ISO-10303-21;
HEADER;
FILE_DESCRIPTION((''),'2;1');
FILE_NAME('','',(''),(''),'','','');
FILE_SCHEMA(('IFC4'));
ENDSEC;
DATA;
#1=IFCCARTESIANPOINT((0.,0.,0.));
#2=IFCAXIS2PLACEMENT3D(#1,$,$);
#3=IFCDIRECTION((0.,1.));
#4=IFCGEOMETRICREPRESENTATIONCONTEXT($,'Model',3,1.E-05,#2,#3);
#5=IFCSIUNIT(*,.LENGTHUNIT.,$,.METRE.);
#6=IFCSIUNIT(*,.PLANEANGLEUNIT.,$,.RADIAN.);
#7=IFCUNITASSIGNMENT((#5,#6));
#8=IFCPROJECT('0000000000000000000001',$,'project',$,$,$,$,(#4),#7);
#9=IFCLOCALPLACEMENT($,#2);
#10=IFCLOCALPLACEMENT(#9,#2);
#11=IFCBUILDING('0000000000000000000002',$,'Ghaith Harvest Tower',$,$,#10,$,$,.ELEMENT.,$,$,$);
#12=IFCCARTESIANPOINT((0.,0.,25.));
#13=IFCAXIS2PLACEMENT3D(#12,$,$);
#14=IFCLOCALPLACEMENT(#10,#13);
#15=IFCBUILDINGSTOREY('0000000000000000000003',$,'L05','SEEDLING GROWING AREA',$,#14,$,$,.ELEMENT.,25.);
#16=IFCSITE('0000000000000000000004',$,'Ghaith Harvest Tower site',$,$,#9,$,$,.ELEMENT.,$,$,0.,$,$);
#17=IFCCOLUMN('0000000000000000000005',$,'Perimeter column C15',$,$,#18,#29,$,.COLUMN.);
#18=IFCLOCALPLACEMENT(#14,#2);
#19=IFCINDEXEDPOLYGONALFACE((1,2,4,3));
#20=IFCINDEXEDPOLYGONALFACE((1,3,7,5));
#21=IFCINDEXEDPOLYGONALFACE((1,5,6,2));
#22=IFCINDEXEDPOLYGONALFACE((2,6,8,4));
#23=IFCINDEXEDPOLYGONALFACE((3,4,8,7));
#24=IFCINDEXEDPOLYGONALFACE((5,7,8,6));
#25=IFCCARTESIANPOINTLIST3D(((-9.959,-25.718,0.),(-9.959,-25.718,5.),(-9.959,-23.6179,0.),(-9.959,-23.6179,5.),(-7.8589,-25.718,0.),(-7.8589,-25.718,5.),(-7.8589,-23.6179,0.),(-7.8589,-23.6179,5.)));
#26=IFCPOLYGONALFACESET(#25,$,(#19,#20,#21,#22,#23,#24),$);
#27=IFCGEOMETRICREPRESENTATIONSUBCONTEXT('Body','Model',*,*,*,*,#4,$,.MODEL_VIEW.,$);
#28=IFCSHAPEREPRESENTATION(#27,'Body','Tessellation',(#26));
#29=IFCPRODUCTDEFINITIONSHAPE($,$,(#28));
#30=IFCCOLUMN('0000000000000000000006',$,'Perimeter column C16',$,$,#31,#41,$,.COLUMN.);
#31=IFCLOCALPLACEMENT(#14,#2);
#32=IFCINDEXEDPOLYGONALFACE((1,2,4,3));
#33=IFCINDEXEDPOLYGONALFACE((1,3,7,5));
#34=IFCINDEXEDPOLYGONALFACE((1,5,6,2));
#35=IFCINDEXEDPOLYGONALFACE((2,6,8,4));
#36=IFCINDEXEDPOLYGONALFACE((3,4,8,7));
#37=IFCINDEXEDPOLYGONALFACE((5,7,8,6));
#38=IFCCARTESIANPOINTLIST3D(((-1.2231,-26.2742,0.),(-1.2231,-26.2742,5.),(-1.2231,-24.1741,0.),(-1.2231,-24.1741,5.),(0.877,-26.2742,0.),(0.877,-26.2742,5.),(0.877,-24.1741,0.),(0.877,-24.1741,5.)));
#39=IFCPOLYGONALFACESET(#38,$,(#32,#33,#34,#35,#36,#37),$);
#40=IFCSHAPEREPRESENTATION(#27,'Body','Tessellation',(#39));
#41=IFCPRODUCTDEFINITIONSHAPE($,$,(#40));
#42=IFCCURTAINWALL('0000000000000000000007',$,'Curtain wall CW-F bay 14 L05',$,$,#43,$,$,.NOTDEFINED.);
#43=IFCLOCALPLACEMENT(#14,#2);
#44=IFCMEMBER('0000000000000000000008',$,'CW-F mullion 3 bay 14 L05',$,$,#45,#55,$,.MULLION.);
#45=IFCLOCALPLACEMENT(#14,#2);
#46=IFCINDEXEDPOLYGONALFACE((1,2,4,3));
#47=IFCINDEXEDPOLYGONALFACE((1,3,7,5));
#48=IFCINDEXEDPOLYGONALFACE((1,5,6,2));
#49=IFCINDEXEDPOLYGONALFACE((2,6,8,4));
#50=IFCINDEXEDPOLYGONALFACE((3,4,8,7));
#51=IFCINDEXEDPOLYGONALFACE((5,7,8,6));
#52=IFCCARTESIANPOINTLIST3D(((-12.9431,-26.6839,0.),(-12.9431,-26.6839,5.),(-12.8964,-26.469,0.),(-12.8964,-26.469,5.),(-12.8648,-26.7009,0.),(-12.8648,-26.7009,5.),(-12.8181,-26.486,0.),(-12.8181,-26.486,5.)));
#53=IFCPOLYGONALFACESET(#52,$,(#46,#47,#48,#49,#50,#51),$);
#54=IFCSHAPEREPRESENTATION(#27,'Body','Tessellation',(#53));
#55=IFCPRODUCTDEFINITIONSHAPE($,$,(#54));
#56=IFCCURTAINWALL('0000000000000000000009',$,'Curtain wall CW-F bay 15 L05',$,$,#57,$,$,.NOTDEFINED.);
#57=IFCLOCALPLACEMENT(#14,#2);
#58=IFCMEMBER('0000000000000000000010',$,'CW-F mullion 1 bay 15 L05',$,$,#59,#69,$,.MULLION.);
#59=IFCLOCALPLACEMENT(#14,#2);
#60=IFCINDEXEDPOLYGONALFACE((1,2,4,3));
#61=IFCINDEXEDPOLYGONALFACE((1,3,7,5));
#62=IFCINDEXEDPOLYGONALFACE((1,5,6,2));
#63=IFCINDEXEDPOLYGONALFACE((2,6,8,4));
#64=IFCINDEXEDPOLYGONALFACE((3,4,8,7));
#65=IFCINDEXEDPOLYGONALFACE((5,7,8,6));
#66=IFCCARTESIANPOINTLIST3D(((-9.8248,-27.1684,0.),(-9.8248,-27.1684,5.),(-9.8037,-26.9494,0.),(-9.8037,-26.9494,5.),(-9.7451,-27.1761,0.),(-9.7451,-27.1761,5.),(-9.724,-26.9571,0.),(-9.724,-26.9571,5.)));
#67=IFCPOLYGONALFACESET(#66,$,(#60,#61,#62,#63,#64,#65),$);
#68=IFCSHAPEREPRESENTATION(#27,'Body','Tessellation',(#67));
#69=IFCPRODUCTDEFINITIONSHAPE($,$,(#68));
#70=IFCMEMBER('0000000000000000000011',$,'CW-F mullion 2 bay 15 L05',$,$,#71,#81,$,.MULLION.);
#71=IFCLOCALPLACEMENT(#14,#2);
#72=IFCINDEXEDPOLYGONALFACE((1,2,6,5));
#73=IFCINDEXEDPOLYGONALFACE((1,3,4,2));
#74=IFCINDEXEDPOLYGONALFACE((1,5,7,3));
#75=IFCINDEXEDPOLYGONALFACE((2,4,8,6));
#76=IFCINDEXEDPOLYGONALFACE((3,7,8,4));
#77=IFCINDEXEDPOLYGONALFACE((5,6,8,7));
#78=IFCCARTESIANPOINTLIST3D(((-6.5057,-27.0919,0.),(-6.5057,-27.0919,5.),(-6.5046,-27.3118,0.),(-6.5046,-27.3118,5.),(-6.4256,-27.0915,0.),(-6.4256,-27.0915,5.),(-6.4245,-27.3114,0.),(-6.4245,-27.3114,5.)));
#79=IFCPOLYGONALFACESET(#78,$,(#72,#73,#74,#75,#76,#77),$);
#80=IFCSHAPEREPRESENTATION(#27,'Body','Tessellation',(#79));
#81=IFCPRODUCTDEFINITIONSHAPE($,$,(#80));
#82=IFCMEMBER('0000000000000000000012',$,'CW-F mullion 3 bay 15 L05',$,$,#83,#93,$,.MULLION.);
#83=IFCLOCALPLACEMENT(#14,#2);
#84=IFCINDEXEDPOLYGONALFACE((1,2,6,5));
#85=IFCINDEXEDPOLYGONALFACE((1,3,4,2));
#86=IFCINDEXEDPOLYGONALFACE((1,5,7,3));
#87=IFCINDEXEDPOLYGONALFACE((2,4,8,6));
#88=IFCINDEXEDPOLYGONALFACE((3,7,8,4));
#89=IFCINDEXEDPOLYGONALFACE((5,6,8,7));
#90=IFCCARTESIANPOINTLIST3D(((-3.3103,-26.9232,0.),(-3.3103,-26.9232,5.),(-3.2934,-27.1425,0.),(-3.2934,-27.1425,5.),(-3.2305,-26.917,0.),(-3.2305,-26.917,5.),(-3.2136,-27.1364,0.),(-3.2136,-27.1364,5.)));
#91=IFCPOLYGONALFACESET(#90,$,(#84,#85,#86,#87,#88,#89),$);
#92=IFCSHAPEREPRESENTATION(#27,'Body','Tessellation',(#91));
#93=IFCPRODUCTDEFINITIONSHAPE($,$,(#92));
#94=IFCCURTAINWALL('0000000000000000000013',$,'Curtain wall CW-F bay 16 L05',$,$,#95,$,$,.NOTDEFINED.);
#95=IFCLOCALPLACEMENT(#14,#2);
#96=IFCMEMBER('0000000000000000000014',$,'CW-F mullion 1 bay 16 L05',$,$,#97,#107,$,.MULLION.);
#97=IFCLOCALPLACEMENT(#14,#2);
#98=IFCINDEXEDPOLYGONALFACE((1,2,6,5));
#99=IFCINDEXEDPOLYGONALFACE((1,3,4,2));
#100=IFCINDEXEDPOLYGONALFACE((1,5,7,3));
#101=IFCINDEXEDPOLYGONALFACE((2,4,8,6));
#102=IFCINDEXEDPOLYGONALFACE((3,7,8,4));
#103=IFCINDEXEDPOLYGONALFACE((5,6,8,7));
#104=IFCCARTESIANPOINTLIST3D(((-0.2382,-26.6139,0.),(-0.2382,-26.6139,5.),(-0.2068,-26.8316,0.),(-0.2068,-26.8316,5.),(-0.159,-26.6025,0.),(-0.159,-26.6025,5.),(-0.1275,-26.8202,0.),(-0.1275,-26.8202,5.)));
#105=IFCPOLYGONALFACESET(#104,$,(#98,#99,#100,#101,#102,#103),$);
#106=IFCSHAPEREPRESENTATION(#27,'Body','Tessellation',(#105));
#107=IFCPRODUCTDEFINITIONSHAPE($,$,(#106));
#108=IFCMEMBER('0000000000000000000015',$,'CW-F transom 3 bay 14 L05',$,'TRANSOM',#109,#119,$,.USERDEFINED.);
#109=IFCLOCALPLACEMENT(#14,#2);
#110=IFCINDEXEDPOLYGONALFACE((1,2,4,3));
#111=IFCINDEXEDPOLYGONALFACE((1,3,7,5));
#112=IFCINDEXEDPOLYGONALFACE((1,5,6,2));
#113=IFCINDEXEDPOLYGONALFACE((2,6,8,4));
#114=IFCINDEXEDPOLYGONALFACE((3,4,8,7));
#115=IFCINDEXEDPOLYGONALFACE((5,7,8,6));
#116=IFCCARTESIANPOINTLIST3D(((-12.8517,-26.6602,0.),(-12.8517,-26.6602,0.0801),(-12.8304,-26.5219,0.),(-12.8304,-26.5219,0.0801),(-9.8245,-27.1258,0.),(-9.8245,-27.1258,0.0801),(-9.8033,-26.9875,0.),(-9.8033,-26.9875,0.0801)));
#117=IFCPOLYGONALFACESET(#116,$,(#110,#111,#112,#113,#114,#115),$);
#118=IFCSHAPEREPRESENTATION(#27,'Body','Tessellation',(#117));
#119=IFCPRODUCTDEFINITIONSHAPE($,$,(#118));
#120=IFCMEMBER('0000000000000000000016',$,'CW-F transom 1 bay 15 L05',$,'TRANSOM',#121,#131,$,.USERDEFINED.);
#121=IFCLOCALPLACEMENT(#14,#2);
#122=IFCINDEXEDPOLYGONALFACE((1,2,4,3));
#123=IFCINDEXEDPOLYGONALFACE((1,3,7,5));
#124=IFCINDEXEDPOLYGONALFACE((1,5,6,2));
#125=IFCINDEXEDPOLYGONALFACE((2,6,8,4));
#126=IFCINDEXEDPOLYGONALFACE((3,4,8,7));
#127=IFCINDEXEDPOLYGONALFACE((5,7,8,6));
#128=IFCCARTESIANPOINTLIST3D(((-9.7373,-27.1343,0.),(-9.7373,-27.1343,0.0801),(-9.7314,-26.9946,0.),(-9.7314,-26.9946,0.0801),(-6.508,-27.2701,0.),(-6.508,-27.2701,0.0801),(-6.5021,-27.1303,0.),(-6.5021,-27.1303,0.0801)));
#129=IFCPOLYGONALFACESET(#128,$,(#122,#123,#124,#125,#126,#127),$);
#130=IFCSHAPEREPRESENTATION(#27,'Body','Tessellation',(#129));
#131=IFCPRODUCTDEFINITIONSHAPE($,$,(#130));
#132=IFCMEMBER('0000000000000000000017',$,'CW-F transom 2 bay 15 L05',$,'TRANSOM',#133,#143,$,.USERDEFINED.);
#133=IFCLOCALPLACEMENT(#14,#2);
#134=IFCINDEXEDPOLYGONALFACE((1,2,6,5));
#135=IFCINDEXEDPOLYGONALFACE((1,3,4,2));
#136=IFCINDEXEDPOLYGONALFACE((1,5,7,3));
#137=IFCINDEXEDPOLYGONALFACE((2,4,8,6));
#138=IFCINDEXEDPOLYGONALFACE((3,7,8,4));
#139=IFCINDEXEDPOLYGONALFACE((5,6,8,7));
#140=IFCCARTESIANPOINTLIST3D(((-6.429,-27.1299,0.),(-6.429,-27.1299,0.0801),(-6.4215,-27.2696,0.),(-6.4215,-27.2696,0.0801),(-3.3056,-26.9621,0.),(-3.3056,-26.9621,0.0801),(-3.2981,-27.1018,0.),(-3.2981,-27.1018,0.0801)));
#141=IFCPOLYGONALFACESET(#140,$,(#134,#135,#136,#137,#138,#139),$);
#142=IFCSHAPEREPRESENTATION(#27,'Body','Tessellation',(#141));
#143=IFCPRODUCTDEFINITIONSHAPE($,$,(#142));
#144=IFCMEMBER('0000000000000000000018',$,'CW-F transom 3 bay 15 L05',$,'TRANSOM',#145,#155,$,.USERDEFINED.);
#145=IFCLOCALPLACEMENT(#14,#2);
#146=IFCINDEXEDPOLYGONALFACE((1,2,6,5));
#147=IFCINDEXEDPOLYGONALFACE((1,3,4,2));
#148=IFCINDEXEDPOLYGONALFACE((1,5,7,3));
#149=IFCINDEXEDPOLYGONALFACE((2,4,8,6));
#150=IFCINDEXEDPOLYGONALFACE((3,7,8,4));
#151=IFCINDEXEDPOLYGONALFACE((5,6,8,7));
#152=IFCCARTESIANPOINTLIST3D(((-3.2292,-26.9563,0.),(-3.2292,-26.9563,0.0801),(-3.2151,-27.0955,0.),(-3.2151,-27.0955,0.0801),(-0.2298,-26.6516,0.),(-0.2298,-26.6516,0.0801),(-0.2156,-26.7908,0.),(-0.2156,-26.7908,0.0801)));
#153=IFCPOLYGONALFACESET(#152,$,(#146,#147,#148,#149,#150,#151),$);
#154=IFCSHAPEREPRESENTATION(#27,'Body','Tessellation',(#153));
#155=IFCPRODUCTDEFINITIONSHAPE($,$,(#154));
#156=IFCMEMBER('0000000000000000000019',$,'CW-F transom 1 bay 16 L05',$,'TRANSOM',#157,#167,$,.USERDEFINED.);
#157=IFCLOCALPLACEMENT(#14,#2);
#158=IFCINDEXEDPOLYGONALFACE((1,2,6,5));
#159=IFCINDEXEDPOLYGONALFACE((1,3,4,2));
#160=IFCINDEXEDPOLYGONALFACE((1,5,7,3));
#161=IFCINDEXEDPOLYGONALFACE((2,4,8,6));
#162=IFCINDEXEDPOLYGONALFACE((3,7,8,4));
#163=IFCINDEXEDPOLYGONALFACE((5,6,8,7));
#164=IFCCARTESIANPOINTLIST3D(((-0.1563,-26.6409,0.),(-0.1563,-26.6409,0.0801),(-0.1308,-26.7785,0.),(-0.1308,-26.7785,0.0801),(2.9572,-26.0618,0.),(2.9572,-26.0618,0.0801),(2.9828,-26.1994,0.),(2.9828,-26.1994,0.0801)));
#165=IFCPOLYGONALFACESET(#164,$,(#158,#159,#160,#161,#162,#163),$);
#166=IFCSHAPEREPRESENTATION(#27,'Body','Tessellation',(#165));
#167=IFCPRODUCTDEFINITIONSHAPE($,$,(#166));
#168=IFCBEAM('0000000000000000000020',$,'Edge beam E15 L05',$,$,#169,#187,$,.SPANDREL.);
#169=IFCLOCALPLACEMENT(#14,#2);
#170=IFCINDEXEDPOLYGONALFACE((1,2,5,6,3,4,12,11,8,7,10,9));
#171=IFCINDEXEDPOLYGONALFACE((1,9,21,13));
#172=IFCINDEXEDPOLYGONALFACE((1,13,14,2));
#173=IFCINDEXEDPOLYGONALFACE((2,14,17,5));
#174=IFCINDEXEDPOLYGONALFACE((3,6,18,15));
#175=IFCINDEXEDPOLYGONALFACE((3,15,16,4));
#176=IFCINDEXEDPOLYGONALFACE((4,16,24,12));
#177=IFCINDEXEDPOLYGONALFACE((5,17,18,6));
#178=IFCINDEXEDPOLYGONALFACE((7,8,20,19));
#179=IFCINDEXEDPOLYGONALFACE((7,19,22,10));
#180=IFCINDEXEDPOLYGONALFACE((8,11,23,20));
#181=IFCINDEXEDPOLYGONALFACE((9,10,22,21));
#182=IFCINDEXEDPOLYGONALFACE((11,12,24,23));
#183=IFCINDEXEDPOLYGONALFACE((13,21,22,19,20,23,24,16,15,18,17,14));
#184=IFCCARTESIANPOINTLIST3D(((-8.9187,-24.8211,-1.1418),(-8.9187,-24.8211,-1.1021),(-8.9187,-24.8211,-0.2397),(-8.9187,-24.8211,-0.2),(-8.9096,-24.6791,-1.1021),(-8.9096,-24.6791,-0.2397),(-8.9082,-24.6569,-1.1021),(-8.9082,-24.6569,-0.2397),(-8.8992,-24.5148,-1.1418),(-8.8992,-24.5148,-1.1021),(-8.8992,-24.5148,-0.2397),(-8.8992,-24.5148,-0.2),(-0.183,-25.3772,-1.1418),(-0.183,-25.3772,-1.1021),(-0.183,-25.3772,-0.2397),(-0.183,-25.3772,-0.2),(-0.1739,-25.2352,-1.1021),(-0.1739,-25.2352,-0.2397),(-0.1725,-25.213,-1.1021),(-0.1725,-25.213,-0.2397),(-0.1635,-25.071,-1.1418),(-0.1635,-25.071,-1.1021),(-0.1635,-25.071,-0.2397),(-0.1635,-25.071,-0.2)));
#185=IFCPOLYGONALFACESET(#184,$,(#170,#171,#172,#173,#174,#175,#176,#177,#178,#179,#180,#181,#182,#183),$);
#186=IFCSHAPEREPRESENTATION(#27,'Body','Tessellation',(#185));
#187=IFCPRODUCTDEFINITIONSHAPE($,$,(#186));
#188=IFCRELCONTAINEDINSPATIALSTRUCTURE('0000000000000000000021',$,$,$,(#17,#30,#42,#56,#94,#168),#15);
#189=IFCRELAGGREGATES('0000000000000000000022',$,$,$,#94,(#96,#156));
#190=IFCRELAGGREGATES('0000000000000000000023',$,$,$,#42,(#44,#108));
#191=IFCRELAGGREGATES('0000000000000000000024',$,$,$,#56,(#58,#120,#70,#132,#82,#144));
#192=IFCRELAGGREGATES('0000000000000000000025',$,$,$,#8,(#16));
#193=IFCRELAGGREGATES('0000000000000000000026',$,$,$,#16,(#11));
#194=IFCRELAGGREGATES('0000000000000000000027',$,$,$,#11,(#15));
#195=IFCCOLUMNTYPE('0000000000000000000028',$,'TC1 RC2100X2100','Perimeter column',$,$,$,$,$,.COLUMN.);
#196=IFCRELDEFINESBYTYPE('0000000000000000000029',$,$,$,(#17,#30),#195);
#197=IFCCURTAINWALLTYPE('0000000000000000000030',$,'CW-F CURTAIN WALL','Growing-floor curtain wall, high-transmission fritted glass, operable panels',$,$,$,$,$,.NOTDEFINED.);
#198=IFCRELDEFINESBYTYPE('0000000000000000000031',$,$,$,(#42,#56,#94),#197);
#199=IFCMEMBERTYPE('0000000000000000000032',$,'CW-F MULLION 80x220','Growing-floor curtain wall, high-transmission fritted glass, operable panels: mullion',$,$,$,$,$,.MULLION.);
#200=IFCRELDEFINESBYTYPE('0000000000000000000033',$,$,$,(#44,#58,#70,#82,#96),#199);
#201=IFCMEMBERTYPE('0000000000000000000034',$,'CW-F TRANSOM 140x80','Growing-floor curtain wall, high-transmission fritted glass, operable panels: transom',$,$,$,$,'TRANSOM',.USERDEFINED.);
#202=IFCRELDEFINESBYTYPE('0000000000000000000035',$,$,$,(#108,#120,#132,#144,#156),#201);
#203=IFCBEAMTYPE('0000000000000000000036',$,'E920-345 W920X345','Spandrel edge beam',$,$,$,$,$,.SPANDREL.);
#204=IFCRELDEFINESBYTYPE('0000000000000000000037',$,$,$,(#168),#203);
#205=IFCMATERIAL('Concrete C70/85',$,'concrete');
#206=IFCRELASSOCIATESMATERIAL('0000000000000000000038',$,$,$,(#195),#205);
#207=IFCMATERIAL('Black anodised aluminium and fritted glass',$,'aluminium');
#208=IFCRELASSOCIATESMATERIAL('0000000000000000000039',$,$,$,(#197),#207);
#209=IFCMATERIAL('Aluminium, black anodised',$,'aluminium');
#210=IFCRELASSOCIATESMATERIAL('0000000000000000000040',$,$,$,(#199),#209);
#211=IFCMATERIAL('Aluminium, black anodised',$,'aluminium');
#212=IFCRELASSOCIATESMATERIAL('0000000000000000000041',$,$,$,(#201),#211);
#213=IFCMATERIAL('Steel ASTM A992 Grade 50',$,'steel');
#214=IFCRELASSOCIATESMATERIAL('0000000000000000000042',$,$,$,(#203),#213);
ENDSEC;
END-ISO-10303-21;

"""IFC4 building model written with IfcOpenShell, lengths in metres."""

from ifc_helpers import new_model, si_unit, direction, frame, origin, origin_2d, place, context, subcontext, project, spatial, rectangle, i_section, extrude, material, material_profile, profile_set, type_object, element, aggregate, save


model = new_model("IFC4")

# Units and contexts
model_context = context("Model", 3, precision=1e-05, world=origin(), true_north=direction((0.0, 1.0)))
body_context = subcontext(model_context, "Body", "Model", "MODEL_VIEW")
ifc_project = project(units=[si_unit("LENGTHUNIT", "METRE"), si_unit("PLANEANGLEUNIT", "RADIAN")], contexts=[model_context])

# Site, building, storey
site_placement = place(None, origin())
site = spatial("IfcSite", under=ifc_project, at=site_placement, Name="Ghaith Harvest Tower site", CompositionType="ELEMENT", RefElevation=0.0)
building_placement = place(site_placement, origin())
building = spatial("IfcBuilding", under=site, at=building_placement, Name="Ghaith Harvest Tower", CompositionType="ELEMENT")
storey_placement = place(building_placement, frame((0.0, 0.0, 25.0)))
storey = spatial("IfcBuildingStorey", under=building, at=storey_placement, Name="L05", Description="SEEDLING GROWING AREA", CompositionType="ELEMENT", Elevation=25.0)

# Columns
ifc_material_1 = material(Name="Concrete C70/85", Category="concrete")
ifc_material_profile_1 = material_profile(ifc_material_1, rectangle(XDim=2.1001, YDim=2.1001, at=origin_2d()), Name="RC2100X2100")
ifc_profile_set_1 = profile_set([ifc_material_profile_1], Name="Concrete C70/85")
column_type = type_object("IfcColumnType", Name="TC1 RC2100X2100", Description="Perimeter column", PredefinedType="COLUMN", material=ifc_profile_set_1)
for number, where, z_axis, x_axis, name in (
    (1, (-8.9089, -24.668, 0.0), (0.0, 0.0, 1.0), (1.0, 0.0, 0.0), "Perimeter column C15"),
    (2, (-0.1731, -25.2241, 0.0), (0.0, 0.0, 1.0), (1.0, 0.0, 0.0), "Perimeter column C16"),
):
    element("IfcColumn", number, at=place(storey_placement, frame(where, z_axis=z_axis, x_axis=x_axis)), inside=storey, type_object=column_type, Name=name, PredefinedType="COLUMN", context=body_context, shape_type="SweptSolid", body=[
        extrude(rectangle(XDim=2.1001, YDim=2.1001, at=origin_2d()), origin(), (0.0, 0.0, 1.0), 5.0),
    ])

# Curtain wall, member
ifc_material_2 = material(Name="Black anodised aluminium and fritted glass", Category="aluminium")
curtain_wall_type = type_object("IfcCurtainWallType", Name="CW-F CURTAIN WALL", Description="Growing-floor curtain wall, high-transmission fritted glass, operable panels", PredefinedType="NOTDEFINED", material=ifc_material_2)
curtain_wall_1_placement = place(storey_placement, origin())
curtain_wall_1 = element("IfcCurtainWall", 3, at=curtain_wall_1_placement, inside=storey, type_object=curtain_wall_type, Name="Curtain wall CW-F bay 14 L05", PredefinedType="NOTDEFINED")
ifc_material_3 = material(Name="Aluminium, black anodised", Category="aluminium")
ifc_material_profile_2 = material_profile(ifc_material_3, rectangle(XDim=0.0801, YDim=0.22, at=origin_2d()), Name="CW-F MULLION 80x220")
ifc_profile_set_2 = profile_set([ifc_material_profile_2], Name="Aluminium, black anodised")
member_type_1 = type_object("IfcMemberType", Name="CW-F MULLION 80x220", Description="Growing-floor curtain wall, high-transmission fritted glass, operable panels: mullion", PredefinedType="MULLION", material=ifc_profile_set_2)
member_1_placement = place(storey_placement, frame((-12.8806, -26.585, 0.0), z_axis=(0.0, 0.0, 1.0), x_axis=(0.977207, -0.212289, 0.0)))
member_1 = element("IfcMember", 4, at=member_1_placement, type_object=member_type_1, Name="CW-F mullion 3 bay 14 L05", PredefinedType="MULLION", context=body_context, shape_type="SweptSolid", body=[
    extrude(rectangle(XDim=0.0801, YDim=0.22, at=origin_2d()), origin(), (0.0, 0.0, 1.0), 5.0),
])

# Curtain wall, members
curtain_wall_2_placement = place(storey_placement, origin())
curtain_wall_2 = element("IfcCurtainWall", 5, at=curtain_wall_2_placement, inside=storey, type_object=curtain_wall_type, Name="Curtain wall CW-F bay 15 L05", PredefinedType="NOTDEFINED")
member_2_placement = place(storey_placement, frame((-9.7744, -27.0627, 0.0), z_axis=(0.0, 0.0, 1.0), x_axis=(0.995408, -0.095718, 0.0)))
member_2 = element("IfcMember", 6, at=member_2_placement, type_object=member_type_1, Name="CW-F mullion 1 bay 15 L05", PredefinedType="MULLION", context=body_context, shape_type="SweptSolid", body=[
    extrude(rectangle(XDim=0.0801, YDim=0.22, at=origin_2d()), origin(), (0.0, 0.0, 1.0), 5.0),
])
member_3_placement = place(storey_placement, frame((-6.4651, -27.2017, 0.0), z_axis=(0.0, 0.0, 1.0), x_axis=(0.999987, 0.005058, 0.0)))
member_3 = element("IfcMember", 7, at=member_3_placement, type_object=member_type_1, Name="CW-F mullion 2 bay 15 L05", PredefinedType="MULLION", context=body_context, shape_type="SweptSolid", body=[
    extrude(rectangle(XDim=0.0801, YDim=0.22, at=origin_2d()), origin(), (0.0, 0.0, 1.0), 5.0),
])
member_4_placement = place(storey_placement, frame((-3.262, -27.0298, 0.0), z_axis=(0.0, 0.0, 1.0), x_axis=(0.997038, 0.076917, 0.0)))
member_4 = element("IfcMember", 8, at=member_4_placement, type_object=member_type_1, Name="CW-F mullion 3 bay 15 L05", PredefinedType="MULLION", context=body_context, shape_type="SweptSolid", body=[
    extrude(rectangle(XDim=0.0801, YDim=0.22, at=origin_2d()), origin(), (0.0, 0.0, 1.0), 5.0),
])

# Curtain wall, member
curtain_wall_3_placement = place(storey_placement, origin())
curtain_wall_3 = element("IfcCurtainWall", 9, at=curtain_wall_3_placement, inside=storey, type_object=curtain_wall_type, Name="Curtain wall CW-F bay 16 L05", PredefinedType="NOTDEFINED")
member_5_placement = place(storey_placement, frame((-0.1829, -26.717, 0.0), z_axis=(0.0, 0.0, 1.0), x_axis=(0.989712, 0.143075, 0.0)))
member_5 = element("IfcMember", 10, at=member_5_placement, type_object=member_type_1, Name="CW-F mullion 1 bay 16 L05", PredefinedType="MULLION", context=body_context, shape_type="SweptSolid", body=[
    extrude(rectangle(XDim=0.0801, YDim=0.22, at=origin_2d()), origin(), (0.0, 0.0, 1.0), 5.0),
])

# Members
ifc_material_4 = material(Name="Aluminium, black anodised", Category="aluminium")
ifc_material_profile_3 = material_profile(ifc_material_4, rectangle(XDim=0.1399, YDim=0.0801, at=origin_2d()), Name="CW-F TRANSOM 140x80")
ifc_profile_set_3 = profile_set([ifc_material_profile_3], Name="Aluminium, black anodised")
member_type_2 = type_object("IfcMemberType", Name="CW-F TRANSOM 140x80", Description="Growing-floor curtain wall, high-transmission fritted glass, operable panels: transom", ElementType="TRANSOM", PredefinedType="USERDEFINED", material=ifc_profile_set_3)
member_6_placement = place(storey_placement, frame((-12.8411, -26.5911, 0.04), z_axis=(0.988378, -0.152015, 0.0), x_axis=(0.152015, 0.988378, 0.0)))
member_6 = element("IfcMember", 11, at=member_6_placement, type_object=member_type_2, Name="CW-F transom 3 bay 14 L05", ObjectType="TRANSOM", PredefinedType="USERDEFINED", context=body_context, shape_type="SweptSolid", body=[
    extrude(rectangle(XDim=0.1399, YDim=0.0801, at=origin_2d()), origin(), (0.0, 0.0, 1.0), 3.0627),
])
member_7_placement = place(storey_placement, frame((-9.7344, -27.0645, 0.04), z_axis=(0.999118, -0.041998, 0.0), x_axis=(0.041998, 0.999118, 0.0)))
member_7 = element("IfcMember", 12, at=member_7_placement, type_object=member_type_2, Name="CW-F transom 1 bay 15 L05", ObjectType="TRANSOM", PredefinedType="USERDEFINED", context=body_context, shape_type="SweptSolid", body=[
    extrude(rectangle(XDim=0.1399, YDim=0.0801, at=origin_2d()), origin(), (0.0, 0.0, 1.0), 3.2322),
])
member_8_placement = place(storey_placement, frame((-6.4253, -27.1997, 0.04), z_axis=(0.998561, 0.05362, 0.0), x_axis=(-0.05362, 0.998561, 0.0)))
member_8 = element("IfcMember", 13, at=member_8_placement, type_object=member_type_2, Name="CW-F transom 2 bay 15 L05", ObjectType="TRANSOM", PredefinedType="USERDEFINED", context=body_context, shape_type="SweptSolid", body=[
    extrude(rectangle(XDim=0.1399, YDim=0.0801, at=origin_2d()), origin(), (0.0, 0.0, 1.0), 3.1279),
])
member_9_placement = place(storey_placement, frame((-3.2222, -27.0259, 0.04), z_axis=(0.99488, 0.101059, 0.0), x_axis=(-0.101059, 0.99488, 0.0)))
member_9 = element("IfcMember", 14, at=member_9_placement, type_object=member_type_2, Name="CW-F transom 3 bay 15 L05", ObjectType="TRANSOM", PredefinedType="USERDEFINED", context=body_context, shape_type="SweptSolid", body=[
    extrude(rectangle(XDim=0.1399, YDim=0.0801, at=origin_2d()), origin(), (0.0, 0.0, 1.0), 3.0149),
])
member_10_placement = place(storey_placement, frame((-0.1436, -26.7097, 0.04), z_axis=(0.983139, 0.182859, 0.0), x_axis=(-0.182859, 0.983139, 0.0)))
member_10 = element("IfcMember", 15, at=member_10_placement, type_object=member_type_2, Name="CW-F transom 1 bay 16 L05", ObjectType="TRANSOM", PredefinedType="USERDEFINED", context=body_context, shape_type="SweptSolid", body=[
    extrude(rectangle(XDim=0.1399, YDim=0.0801, at=origin_2d()), origin(), (0.0, 0.0, 1.0), 3.167),
])
aggregate(curtain_wall_3, [member_5, member_10])

# Beam
ifc_material_5 = material(Name="Steel ASTM A992 Grade 50", Category="steel")
ifc_material_profile_4 = material_profile(ifc_material_5, i_section(OverallWidth=0.3069, OverallDepth=0.9419, WebThickness=0.0222, FlangeThickness=0.0398, at=origin_2d()), Name="W920X345")
ifc_profile_set_4 = profile_set([ifc_material_profile_4], Name="Steel ASTM A992 Grade 50")
beam_type_1 = type_object("IfcBeamType", Name="E920-345 W920X345", Description="Spandrel edge beam", PredefinedType="SPANDREL", material=ifc_profile_set_4)
beam_1_placement = place(storey_placement, frame((-8.9089, -24.668, -0.6709), z_axis=(0.99798, -0.063535, 0.0), x_axis=(0.063535, 0.99798, 0.0)))
element("IfcBeam", 16, at=beam_1_placement, inside=storey, type_object=beam_type_1, Name="Edge beam E15 L05", PredefinedType="SPANDREL", context=body_context, shape_type="SweptSolid", body=[
    extrude(i_section(OverallWidth=0.3069, OverallDepth=0.9419, WebThickness=0.0222, FlangeThickness=0.0398, at=origin_2d()), origin(), (0.0, 0.0, 1.0), 8.7534),
])

aggregate(curtain_wall_1, [member_1, member_6])
aggregate(curtain_wall_2, [member_2, member_7, member_3, member_8, member_4, member_9])

save(model, "model.ifc")
